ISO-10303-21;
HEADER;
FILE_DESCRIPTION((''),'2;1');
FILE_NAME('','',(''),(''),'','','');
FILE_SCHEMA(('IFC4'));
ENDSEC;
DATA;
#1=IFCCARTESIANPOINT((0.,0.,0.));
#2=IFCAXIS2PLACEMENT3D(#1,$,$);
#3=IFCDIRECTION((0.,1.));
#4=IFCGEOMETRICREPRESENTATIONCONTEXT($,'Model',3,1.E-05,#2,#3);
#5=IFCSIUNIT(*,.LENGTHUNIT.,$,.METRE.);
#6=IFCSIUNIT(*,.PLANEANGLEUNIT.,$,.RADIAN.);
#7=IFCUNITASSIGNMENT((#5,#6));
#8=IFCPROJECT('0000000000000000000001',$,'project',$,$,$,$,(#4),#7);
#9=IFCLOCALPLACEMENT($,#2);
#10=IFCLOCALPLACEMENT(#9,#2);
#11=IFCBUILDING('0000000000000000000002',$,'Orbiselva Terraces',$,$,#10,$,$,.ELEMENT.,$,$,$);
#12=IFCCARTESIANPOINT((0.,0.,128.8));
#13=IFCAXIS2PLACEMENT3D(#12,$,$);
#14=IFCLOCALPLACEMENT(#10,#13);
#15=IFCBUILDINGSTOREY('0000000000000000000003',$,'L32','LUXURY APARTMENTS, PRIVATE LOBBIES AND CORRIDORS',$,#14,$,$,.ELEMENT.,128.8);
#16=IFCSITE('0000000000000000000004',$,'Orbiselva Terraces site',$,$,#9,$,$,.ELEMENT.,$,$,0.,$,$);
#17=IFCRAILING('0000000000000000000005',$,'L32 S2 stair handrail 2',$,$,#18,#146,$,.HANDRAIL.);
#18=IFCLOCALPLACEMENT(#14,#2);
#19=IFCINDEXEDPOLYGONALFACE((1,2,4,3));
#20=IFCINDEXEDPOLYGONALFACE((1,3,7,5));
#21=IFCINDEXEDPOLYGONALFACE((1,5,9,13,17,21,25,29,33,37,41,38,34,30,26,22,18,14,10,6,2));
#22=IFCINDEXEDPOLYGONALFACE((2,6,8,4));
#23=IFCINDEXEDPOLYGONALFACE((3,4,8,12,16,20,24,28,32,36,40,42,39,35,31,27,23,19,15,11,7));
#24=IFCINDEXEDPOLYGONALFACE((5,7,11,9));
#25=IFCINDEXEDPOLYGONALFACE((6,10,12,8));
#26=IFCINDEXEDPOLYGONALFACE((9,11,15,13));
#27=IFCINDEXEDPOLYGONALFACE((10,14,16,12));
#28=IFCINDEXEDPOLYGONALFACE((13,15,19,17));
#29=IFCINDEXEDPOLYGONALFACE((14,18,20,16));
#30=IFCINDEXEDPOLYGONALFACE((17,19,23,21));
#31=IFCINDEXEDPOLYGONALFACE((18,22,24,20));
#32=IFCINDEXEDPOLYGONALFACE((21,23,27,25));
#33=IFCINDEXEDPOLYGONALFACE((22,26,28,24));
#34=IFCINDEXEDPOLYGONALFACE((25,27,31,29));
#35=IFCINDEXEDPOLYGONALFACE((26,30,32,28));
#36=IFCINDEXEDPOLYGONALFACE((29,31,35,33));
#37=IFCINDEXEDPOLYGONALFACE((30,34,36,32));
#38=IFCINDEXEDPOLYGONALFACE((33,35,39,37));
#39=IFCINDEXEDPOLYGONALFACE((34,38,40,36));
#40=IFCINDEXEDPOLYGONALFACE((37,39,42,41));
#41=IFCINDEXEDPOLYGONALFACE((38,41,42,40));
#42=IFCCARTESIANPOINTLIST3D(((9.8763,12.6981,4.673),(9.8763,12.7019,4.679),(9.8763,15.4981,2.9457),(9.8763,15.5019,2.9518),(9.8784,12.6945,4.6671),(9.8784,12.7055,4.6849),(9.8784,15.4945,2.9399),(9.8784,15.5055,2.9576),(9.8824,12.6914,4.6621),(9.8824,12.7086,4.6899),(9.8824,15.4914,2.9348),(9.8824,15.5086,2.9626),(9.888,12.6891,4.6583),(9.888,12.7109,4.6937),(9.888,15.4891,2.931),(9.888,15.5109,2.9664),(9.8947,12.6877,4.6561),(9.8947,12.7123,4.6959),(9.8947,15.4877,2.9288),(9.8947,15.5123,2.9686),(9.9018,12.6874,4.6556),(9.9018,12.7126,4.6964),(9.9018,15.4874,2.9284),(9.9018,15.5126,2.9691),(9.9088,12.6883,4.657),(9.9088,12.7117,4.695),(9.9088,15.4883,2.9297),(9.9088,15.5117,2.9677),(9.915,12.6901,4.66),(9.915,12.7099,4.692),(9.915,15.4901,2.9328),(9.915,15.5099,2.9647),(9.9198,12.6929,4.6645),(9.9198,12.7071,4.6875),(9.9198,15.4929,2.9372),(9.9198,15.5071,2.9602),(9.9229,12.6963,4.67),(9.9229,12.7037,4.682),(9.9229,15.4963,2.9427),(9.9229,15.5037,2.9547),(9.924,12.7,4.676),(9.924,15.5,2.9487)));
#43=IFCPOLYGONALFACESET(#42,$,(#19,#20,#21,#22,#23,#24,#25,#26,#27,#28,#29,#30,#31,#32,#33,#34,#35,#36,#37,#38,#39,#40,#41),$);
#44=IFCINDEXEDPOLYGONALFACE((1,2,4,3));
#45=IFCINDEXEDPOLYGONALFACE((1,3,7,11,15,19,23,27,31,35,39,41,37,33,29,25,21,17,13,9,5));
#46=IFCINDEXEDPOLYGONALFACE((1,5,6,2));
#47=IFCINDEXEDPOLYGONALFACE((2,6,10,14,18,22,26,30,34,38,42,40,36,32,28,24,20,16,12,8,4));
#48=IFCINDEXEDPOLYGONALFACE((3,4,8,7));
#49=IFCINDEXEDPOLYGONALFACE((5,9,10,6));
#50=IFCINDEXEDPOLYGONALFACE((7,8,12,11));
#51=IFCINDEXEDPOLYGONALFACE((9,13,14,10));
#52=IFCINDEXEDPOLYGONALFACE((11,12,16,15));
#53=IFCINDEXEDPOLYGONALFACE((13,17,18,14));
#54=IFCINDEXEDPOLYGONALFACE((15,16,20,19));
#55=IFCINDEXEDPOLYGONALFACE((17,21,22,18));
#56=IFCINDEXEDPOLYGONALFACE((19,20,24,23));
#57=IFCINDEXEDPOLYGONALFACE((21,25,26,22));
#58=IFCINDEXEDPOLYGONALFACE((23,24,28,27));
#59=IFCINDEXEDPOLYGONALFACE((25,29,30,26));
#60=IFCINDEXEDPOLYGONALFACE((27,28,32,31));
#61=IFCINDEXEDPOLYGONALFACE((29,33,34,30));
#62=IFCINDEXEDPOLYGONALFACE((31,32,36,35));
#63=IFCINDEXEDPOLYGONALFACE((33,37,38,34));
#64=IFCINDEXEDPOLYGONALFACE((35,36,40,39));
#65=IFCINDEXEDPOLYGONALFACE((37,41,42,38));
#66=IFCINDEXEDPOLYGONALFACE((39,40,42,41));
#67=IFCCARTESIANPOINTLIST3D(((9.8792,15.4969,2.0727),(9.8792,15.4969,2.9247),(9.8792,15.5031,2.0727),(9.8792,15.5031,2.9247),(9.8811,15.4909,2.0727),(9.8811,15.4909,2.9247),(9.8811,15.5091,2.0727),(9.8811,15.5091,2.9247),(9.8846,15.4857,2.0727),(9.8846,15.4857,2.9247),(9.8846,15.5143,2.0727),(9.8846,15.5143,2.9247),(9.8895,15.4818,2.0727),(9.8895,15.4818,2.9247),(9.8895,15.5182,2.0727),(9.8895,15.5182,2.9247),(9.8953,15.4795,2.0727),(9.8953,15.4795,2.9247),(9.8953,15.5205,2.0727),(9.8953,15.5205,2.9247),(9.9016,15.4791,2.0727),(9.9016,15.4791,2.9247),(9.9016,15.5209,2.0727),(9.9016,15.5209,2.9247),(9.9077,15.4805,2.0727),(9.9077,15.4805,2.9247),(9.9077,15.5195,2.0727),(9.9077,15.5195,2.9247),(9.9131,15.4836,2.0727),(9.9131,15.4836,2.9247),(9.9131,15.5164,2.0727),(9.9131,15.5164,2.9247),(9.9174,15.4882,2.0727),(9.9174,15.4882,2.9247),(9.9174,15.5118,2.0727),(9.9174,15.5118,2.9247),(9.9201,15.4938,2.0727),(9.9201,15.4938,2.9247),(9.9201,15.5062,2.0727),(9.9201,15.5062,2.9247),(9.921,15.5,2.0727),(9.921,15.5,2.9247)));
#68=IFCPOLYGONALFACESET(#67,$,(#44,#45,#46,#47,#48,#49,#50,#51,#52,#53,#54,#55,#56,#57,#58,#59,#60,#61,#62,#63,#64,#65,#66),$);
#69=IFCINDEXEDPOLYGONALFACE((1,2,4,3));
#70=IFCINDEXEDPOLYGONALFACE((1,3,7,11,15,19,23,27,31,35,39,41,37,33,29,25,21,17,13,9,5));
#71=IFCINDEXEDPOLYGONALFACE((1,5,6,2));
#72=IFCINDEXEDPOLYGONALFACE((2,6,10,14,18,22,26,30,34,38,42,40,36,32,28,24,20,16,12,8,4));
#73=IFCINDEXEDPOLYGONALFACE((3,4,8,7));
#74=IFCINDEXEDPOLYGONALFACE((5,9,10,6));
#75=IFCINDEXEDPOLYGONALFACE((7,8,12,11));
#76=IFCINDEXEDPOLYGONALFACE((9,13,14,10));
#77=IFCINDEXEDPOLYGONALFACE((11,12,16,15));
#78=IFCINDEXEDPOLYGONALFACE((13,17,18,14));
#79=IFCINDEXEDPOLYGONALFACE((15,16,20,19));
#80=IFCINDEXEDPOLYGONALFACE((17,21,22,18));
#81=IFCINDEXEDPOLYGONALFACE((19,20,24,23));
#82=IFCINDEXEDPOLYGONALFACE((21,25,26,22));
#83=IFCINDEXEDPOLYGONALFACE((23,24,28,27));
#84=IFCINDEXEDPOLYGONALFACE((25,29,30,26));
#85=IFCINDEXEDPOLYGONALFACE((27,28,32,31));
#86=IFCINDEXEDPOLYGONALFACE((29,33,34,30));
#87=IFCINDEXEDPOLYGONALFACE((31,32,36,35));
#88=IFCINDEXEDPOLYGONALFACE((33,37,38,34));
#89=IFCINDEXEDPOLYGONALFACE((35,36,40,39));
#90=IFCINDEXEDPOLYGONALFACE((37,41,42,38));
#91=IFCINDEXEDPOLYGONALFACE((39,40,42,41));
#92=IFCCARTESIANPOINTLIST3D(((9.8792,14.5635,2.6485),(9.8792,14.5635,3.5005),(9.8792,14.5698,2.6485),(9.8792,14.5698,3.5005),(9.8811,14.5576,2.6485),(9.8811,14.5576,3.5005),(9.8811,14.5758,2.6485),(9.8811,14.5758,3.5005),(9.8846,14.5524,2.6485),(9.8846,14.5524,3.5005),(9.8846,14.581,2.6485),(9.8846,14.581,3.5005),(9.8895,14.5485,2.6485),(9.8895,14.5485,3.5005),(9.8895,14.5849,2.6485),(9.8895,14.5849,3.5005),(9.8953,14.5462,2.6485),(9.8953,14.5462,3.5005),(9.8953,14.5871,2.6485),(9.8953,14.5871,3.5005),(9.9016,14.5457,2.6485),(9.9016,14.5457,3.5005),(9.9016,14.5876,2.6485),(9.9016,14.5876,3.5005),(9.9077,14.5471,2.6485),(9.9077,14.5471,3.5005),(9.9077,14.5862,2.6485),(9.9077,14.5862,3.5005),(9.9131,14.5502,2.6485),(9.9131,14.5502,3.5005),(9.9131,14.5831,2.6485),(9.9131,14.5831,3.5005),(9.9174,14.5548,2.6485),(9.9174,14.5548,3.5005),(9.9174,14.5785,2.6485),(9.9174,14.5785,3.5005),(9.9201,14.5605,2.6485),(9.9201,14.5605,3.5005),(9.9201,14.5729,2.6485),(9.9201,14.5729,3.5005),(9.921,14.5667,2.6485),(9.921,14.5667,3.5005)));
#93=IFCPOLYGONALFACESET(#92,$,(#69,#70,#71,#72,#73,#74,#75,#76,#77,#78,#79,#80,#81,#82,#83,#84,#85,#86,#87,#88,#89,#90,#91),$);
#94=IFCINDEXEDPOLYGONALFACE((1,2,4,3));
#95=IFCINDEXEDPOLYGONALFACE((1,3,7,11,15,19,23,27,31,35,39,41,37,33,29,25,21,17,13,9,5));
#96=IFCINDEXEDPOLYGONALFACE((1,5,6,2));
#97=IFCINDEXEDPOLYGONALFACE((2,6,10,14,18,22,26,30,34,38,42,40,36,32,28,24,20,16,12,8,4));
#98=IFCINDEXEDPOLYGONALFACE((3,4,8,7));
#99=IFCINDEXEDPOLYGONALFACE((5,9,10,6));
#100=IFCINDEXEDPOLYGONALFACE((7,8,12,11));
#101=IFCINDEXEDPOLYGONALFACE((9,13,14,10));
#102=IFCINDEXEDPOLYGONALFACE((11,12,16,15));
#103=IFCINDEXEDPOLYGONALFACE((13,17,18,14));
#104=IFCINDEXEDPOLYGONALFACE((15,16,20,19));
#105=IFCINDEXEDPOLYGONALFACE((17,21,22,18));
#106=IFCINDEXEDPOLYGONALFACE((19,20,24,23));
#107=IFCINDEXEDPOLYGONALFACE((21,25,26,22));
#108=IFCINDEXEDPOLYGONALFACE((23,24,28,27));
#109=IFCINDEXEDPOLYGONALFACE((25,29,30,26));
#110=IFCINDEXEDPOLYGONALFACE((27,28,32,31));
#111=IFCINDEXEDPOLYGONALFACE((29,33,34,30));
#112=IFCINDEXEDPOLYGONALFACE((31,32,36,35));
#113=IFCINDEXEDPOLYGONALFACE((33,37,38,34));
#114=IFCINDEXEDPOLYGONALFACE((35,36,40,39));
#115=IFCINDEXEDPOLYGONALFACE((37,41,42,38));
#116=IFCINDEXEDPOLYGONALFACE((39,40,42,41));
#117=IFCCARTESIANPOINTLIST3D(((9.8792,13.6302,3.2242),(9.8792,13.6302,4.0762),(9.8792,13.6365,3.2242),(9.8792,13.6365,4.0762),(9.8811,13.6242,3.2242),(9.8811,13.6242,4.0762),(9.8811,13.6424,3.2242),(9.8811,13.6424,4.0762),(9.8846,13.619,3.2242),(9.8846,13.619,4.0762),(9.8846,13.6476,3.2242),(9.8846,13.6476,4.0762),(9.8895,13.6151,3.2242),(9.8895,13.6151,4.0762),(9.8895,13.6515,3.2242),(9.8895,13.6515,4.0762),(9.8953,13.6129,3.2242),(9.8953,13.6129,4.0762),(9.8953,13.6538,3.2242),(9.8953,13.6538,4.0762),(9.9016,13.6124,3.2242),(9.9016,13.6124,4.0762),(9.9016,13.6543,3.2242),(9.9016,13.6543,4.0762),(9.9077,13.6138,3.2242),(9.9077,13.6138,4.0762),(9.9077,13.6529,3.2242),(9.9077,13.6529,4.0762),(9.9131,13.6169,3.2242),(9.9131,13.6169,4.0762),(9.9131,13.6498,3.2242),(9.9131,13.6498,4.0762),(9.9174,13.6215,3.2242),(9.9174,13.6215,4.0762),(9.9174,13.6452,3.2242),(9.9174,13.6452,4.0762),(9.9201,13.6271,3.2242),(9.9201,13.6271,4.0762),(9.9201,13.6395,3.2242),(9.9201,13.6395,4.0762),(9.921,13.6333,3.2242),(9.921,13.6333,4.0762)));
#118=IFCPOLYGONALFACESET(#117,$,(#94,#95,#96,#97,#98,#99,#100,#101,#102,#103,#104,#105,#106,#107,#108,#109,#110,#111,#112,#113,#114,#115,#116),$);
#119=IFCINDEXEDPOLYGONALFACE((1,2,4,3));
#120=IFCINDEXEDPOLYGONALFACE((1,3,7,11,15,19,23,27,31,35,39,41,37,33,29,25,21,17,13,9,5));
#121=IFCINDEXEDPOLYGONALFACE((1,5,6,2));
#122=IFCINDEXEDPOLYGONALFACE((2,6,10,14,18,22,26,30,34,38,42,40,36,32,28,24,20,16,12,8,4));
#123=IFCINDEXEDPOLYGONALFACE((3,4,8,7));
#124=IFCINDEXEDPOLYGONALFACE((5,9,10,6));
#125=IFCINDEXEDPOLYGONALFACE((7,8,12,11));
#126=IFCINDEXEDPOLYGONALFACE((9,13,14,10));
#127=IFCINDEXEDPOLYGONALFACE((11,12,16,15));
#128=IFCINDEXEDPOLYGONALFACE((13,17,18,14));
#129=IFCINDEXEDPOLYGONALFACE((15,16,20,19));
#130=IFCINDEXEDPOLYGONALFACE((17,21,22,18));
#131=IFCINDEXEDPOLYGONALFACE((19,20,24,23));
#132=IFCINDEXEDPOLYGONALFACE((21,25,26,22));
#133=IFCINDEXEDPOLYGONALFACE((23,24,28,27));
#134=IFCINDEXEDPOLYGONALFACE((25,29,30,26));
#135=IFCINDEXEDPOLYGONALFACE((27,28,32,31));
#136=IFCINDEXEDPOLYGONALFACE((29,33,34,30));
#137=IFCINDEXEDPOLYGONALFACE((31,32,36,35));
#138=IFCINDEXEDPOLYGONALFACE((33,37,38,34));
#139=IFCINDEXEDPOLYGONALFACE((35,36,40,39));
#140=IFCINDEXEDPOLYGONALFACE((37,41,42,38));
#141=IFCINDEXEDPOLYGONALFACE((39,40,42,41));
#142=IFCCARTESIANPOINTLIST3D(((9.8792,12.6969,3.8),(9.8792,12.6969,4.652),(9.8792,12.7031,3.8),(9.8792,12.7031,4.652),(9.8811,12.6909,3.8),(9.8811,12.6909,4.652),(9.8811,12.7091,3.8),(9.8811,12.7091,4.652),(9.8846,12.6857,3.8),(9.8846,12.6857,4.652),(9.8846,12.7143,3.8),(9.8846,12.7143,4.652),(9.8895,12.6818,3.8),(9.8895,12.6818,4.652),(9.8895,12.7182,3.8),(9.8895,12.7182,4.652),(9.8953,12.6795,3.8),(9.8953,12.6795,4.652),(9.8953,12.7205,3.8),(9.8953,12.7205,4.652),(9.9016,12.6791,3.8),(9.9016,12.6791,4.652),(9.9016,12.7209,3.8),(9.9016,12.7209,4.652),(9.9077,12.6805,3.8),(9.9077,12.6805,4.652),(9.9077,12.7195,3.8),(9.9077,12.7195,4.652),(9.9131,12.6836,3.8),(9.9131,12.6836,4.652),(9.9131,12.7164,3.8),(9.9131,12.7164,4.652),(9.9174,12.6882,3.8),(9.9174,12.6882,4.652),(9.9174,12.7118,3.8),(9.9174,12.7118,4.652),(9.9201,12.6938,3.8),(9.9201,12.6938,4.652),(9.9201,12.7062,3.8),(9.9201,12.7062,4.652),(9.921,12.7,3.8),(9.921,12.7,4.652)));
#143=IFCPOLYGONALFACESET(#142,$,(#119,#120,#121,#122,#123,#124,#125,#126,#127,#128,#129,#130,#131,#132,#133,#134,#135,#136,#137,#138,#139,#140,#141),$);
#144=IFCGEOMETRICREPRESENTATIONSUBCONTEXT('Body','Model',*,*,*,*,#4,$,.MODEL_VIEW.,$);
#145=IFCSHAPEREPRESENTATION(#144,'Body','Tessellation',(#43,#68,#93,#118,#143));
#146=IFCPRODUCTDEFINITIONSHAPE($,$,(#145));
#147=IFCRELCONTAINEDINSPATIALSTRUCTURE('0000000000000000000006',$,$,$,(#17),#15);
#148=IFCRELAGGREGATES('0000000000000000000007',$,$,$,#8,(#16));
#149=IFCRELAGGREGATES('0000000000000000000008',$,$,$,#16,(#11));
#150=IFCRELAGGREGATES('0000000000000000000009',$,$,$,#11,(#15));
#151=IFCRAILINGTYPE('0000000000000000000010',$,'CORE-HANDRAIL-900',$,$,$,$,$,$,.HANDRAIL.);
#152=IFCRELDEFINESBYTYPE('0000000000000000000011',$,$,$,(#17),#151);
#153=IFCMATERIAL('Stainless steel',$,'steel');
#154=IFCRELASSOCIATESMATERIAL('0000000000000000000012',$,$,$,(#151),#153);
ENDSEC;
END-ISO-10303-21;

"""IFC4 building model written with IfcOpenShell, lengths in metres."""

from ifc_helpers import new_model, si_unit, direction, frame, origin, origin_2d, place, context, subcontext, project, spatial, circle, extrude, material, type_object, element, save


model = new_model("IFC4")

# Units and contexts
model_context = context("Model", 3, precision=1e-05, world=origin(), true_north=direction((0.0, 1.0)))
body_context = subcontext(model_context, "Body", "Model", "MODEL_VIEW")
ifc_project = project(units=[si_unit("LENGTHUNIT", "METRE"), si_unit("PLANEANGLEUNIT", "RADIAN")], contexts=[model_context])

# Site, building, storey
site_placement = place(None, origin())
site = spatial("IfcSite", under=ifc_project, at=site_placement, Name="Orbiselva Terraces site", CompositionType="ELEMENT", RefElevation=0.0)
building_placement = place(site_placement, origin())
building = spatial("IfcBuilding", under=site, at=building_placement, Name="Orbiselva Terraces", CompositionType="ELEMENT")
storey_placement = place(building_placement, frame((0.0, 0.0, 128.8)))
storey = spatial("IfcBuildingStorey", under=building, at=storey_placement, Name="L32", Description="LUXURY APARTMENTS, PRIVATE LOBBIES AND CORRIDORS", CompositionType="ELEMENT", Elevation=128.8)

# Railing
ifc_material_1 = material(Name="Stainless steel", Category="steel")
railing_type = type_object("IfcRailingType", Name="CORE-HANDRAIL-900", PredefinedType="HANDRAIL", material=ifc_material_1)
railing_placement = place(storey_placement, frame((9.9, 15.5, 2.0727)))
element("IfcRailing", 1, at=railing_placement, inside=storey, type_object=railing_type, Name="L32 S2 stair handrail 2", PredefinedType="HANDRAIL", context=body_context, shape_type="SweptSolid", body=[
    extrude(circle(Radius=0.024, at=origin_2d()), frame((0.0, 0.0, 0.876), z_axis=(0.0, -0.851089, 0.525022), x_axis=(1.0, 0.0, 0.0)), (0.0, 0.0, 1.0), 3.2899),
    extrude(circle(Radius=0.021, at=origin_2d()), origin(), (0.0, 0.0, 1.0), 0.852),
    extrude(circle(Radius=0.021, at=origin_2d()), frame((0.0, -0.9333, 0.5758)), (0.0, 0.0, 1.0), 0.852),
    extrude(circle(Radius=0.021, at=origin_2d()), frame((0.0, -1.8667, 1.1515)), (0.0, 0.0, 1.0), 0.852),
    extrude(circle(Radius=0.021, at=origin_2d()), frame((0.0, -2.8, 1.7273)), (0.0, 0.0, 1.0), 0.852),
])

save(model, "model.ifc")
